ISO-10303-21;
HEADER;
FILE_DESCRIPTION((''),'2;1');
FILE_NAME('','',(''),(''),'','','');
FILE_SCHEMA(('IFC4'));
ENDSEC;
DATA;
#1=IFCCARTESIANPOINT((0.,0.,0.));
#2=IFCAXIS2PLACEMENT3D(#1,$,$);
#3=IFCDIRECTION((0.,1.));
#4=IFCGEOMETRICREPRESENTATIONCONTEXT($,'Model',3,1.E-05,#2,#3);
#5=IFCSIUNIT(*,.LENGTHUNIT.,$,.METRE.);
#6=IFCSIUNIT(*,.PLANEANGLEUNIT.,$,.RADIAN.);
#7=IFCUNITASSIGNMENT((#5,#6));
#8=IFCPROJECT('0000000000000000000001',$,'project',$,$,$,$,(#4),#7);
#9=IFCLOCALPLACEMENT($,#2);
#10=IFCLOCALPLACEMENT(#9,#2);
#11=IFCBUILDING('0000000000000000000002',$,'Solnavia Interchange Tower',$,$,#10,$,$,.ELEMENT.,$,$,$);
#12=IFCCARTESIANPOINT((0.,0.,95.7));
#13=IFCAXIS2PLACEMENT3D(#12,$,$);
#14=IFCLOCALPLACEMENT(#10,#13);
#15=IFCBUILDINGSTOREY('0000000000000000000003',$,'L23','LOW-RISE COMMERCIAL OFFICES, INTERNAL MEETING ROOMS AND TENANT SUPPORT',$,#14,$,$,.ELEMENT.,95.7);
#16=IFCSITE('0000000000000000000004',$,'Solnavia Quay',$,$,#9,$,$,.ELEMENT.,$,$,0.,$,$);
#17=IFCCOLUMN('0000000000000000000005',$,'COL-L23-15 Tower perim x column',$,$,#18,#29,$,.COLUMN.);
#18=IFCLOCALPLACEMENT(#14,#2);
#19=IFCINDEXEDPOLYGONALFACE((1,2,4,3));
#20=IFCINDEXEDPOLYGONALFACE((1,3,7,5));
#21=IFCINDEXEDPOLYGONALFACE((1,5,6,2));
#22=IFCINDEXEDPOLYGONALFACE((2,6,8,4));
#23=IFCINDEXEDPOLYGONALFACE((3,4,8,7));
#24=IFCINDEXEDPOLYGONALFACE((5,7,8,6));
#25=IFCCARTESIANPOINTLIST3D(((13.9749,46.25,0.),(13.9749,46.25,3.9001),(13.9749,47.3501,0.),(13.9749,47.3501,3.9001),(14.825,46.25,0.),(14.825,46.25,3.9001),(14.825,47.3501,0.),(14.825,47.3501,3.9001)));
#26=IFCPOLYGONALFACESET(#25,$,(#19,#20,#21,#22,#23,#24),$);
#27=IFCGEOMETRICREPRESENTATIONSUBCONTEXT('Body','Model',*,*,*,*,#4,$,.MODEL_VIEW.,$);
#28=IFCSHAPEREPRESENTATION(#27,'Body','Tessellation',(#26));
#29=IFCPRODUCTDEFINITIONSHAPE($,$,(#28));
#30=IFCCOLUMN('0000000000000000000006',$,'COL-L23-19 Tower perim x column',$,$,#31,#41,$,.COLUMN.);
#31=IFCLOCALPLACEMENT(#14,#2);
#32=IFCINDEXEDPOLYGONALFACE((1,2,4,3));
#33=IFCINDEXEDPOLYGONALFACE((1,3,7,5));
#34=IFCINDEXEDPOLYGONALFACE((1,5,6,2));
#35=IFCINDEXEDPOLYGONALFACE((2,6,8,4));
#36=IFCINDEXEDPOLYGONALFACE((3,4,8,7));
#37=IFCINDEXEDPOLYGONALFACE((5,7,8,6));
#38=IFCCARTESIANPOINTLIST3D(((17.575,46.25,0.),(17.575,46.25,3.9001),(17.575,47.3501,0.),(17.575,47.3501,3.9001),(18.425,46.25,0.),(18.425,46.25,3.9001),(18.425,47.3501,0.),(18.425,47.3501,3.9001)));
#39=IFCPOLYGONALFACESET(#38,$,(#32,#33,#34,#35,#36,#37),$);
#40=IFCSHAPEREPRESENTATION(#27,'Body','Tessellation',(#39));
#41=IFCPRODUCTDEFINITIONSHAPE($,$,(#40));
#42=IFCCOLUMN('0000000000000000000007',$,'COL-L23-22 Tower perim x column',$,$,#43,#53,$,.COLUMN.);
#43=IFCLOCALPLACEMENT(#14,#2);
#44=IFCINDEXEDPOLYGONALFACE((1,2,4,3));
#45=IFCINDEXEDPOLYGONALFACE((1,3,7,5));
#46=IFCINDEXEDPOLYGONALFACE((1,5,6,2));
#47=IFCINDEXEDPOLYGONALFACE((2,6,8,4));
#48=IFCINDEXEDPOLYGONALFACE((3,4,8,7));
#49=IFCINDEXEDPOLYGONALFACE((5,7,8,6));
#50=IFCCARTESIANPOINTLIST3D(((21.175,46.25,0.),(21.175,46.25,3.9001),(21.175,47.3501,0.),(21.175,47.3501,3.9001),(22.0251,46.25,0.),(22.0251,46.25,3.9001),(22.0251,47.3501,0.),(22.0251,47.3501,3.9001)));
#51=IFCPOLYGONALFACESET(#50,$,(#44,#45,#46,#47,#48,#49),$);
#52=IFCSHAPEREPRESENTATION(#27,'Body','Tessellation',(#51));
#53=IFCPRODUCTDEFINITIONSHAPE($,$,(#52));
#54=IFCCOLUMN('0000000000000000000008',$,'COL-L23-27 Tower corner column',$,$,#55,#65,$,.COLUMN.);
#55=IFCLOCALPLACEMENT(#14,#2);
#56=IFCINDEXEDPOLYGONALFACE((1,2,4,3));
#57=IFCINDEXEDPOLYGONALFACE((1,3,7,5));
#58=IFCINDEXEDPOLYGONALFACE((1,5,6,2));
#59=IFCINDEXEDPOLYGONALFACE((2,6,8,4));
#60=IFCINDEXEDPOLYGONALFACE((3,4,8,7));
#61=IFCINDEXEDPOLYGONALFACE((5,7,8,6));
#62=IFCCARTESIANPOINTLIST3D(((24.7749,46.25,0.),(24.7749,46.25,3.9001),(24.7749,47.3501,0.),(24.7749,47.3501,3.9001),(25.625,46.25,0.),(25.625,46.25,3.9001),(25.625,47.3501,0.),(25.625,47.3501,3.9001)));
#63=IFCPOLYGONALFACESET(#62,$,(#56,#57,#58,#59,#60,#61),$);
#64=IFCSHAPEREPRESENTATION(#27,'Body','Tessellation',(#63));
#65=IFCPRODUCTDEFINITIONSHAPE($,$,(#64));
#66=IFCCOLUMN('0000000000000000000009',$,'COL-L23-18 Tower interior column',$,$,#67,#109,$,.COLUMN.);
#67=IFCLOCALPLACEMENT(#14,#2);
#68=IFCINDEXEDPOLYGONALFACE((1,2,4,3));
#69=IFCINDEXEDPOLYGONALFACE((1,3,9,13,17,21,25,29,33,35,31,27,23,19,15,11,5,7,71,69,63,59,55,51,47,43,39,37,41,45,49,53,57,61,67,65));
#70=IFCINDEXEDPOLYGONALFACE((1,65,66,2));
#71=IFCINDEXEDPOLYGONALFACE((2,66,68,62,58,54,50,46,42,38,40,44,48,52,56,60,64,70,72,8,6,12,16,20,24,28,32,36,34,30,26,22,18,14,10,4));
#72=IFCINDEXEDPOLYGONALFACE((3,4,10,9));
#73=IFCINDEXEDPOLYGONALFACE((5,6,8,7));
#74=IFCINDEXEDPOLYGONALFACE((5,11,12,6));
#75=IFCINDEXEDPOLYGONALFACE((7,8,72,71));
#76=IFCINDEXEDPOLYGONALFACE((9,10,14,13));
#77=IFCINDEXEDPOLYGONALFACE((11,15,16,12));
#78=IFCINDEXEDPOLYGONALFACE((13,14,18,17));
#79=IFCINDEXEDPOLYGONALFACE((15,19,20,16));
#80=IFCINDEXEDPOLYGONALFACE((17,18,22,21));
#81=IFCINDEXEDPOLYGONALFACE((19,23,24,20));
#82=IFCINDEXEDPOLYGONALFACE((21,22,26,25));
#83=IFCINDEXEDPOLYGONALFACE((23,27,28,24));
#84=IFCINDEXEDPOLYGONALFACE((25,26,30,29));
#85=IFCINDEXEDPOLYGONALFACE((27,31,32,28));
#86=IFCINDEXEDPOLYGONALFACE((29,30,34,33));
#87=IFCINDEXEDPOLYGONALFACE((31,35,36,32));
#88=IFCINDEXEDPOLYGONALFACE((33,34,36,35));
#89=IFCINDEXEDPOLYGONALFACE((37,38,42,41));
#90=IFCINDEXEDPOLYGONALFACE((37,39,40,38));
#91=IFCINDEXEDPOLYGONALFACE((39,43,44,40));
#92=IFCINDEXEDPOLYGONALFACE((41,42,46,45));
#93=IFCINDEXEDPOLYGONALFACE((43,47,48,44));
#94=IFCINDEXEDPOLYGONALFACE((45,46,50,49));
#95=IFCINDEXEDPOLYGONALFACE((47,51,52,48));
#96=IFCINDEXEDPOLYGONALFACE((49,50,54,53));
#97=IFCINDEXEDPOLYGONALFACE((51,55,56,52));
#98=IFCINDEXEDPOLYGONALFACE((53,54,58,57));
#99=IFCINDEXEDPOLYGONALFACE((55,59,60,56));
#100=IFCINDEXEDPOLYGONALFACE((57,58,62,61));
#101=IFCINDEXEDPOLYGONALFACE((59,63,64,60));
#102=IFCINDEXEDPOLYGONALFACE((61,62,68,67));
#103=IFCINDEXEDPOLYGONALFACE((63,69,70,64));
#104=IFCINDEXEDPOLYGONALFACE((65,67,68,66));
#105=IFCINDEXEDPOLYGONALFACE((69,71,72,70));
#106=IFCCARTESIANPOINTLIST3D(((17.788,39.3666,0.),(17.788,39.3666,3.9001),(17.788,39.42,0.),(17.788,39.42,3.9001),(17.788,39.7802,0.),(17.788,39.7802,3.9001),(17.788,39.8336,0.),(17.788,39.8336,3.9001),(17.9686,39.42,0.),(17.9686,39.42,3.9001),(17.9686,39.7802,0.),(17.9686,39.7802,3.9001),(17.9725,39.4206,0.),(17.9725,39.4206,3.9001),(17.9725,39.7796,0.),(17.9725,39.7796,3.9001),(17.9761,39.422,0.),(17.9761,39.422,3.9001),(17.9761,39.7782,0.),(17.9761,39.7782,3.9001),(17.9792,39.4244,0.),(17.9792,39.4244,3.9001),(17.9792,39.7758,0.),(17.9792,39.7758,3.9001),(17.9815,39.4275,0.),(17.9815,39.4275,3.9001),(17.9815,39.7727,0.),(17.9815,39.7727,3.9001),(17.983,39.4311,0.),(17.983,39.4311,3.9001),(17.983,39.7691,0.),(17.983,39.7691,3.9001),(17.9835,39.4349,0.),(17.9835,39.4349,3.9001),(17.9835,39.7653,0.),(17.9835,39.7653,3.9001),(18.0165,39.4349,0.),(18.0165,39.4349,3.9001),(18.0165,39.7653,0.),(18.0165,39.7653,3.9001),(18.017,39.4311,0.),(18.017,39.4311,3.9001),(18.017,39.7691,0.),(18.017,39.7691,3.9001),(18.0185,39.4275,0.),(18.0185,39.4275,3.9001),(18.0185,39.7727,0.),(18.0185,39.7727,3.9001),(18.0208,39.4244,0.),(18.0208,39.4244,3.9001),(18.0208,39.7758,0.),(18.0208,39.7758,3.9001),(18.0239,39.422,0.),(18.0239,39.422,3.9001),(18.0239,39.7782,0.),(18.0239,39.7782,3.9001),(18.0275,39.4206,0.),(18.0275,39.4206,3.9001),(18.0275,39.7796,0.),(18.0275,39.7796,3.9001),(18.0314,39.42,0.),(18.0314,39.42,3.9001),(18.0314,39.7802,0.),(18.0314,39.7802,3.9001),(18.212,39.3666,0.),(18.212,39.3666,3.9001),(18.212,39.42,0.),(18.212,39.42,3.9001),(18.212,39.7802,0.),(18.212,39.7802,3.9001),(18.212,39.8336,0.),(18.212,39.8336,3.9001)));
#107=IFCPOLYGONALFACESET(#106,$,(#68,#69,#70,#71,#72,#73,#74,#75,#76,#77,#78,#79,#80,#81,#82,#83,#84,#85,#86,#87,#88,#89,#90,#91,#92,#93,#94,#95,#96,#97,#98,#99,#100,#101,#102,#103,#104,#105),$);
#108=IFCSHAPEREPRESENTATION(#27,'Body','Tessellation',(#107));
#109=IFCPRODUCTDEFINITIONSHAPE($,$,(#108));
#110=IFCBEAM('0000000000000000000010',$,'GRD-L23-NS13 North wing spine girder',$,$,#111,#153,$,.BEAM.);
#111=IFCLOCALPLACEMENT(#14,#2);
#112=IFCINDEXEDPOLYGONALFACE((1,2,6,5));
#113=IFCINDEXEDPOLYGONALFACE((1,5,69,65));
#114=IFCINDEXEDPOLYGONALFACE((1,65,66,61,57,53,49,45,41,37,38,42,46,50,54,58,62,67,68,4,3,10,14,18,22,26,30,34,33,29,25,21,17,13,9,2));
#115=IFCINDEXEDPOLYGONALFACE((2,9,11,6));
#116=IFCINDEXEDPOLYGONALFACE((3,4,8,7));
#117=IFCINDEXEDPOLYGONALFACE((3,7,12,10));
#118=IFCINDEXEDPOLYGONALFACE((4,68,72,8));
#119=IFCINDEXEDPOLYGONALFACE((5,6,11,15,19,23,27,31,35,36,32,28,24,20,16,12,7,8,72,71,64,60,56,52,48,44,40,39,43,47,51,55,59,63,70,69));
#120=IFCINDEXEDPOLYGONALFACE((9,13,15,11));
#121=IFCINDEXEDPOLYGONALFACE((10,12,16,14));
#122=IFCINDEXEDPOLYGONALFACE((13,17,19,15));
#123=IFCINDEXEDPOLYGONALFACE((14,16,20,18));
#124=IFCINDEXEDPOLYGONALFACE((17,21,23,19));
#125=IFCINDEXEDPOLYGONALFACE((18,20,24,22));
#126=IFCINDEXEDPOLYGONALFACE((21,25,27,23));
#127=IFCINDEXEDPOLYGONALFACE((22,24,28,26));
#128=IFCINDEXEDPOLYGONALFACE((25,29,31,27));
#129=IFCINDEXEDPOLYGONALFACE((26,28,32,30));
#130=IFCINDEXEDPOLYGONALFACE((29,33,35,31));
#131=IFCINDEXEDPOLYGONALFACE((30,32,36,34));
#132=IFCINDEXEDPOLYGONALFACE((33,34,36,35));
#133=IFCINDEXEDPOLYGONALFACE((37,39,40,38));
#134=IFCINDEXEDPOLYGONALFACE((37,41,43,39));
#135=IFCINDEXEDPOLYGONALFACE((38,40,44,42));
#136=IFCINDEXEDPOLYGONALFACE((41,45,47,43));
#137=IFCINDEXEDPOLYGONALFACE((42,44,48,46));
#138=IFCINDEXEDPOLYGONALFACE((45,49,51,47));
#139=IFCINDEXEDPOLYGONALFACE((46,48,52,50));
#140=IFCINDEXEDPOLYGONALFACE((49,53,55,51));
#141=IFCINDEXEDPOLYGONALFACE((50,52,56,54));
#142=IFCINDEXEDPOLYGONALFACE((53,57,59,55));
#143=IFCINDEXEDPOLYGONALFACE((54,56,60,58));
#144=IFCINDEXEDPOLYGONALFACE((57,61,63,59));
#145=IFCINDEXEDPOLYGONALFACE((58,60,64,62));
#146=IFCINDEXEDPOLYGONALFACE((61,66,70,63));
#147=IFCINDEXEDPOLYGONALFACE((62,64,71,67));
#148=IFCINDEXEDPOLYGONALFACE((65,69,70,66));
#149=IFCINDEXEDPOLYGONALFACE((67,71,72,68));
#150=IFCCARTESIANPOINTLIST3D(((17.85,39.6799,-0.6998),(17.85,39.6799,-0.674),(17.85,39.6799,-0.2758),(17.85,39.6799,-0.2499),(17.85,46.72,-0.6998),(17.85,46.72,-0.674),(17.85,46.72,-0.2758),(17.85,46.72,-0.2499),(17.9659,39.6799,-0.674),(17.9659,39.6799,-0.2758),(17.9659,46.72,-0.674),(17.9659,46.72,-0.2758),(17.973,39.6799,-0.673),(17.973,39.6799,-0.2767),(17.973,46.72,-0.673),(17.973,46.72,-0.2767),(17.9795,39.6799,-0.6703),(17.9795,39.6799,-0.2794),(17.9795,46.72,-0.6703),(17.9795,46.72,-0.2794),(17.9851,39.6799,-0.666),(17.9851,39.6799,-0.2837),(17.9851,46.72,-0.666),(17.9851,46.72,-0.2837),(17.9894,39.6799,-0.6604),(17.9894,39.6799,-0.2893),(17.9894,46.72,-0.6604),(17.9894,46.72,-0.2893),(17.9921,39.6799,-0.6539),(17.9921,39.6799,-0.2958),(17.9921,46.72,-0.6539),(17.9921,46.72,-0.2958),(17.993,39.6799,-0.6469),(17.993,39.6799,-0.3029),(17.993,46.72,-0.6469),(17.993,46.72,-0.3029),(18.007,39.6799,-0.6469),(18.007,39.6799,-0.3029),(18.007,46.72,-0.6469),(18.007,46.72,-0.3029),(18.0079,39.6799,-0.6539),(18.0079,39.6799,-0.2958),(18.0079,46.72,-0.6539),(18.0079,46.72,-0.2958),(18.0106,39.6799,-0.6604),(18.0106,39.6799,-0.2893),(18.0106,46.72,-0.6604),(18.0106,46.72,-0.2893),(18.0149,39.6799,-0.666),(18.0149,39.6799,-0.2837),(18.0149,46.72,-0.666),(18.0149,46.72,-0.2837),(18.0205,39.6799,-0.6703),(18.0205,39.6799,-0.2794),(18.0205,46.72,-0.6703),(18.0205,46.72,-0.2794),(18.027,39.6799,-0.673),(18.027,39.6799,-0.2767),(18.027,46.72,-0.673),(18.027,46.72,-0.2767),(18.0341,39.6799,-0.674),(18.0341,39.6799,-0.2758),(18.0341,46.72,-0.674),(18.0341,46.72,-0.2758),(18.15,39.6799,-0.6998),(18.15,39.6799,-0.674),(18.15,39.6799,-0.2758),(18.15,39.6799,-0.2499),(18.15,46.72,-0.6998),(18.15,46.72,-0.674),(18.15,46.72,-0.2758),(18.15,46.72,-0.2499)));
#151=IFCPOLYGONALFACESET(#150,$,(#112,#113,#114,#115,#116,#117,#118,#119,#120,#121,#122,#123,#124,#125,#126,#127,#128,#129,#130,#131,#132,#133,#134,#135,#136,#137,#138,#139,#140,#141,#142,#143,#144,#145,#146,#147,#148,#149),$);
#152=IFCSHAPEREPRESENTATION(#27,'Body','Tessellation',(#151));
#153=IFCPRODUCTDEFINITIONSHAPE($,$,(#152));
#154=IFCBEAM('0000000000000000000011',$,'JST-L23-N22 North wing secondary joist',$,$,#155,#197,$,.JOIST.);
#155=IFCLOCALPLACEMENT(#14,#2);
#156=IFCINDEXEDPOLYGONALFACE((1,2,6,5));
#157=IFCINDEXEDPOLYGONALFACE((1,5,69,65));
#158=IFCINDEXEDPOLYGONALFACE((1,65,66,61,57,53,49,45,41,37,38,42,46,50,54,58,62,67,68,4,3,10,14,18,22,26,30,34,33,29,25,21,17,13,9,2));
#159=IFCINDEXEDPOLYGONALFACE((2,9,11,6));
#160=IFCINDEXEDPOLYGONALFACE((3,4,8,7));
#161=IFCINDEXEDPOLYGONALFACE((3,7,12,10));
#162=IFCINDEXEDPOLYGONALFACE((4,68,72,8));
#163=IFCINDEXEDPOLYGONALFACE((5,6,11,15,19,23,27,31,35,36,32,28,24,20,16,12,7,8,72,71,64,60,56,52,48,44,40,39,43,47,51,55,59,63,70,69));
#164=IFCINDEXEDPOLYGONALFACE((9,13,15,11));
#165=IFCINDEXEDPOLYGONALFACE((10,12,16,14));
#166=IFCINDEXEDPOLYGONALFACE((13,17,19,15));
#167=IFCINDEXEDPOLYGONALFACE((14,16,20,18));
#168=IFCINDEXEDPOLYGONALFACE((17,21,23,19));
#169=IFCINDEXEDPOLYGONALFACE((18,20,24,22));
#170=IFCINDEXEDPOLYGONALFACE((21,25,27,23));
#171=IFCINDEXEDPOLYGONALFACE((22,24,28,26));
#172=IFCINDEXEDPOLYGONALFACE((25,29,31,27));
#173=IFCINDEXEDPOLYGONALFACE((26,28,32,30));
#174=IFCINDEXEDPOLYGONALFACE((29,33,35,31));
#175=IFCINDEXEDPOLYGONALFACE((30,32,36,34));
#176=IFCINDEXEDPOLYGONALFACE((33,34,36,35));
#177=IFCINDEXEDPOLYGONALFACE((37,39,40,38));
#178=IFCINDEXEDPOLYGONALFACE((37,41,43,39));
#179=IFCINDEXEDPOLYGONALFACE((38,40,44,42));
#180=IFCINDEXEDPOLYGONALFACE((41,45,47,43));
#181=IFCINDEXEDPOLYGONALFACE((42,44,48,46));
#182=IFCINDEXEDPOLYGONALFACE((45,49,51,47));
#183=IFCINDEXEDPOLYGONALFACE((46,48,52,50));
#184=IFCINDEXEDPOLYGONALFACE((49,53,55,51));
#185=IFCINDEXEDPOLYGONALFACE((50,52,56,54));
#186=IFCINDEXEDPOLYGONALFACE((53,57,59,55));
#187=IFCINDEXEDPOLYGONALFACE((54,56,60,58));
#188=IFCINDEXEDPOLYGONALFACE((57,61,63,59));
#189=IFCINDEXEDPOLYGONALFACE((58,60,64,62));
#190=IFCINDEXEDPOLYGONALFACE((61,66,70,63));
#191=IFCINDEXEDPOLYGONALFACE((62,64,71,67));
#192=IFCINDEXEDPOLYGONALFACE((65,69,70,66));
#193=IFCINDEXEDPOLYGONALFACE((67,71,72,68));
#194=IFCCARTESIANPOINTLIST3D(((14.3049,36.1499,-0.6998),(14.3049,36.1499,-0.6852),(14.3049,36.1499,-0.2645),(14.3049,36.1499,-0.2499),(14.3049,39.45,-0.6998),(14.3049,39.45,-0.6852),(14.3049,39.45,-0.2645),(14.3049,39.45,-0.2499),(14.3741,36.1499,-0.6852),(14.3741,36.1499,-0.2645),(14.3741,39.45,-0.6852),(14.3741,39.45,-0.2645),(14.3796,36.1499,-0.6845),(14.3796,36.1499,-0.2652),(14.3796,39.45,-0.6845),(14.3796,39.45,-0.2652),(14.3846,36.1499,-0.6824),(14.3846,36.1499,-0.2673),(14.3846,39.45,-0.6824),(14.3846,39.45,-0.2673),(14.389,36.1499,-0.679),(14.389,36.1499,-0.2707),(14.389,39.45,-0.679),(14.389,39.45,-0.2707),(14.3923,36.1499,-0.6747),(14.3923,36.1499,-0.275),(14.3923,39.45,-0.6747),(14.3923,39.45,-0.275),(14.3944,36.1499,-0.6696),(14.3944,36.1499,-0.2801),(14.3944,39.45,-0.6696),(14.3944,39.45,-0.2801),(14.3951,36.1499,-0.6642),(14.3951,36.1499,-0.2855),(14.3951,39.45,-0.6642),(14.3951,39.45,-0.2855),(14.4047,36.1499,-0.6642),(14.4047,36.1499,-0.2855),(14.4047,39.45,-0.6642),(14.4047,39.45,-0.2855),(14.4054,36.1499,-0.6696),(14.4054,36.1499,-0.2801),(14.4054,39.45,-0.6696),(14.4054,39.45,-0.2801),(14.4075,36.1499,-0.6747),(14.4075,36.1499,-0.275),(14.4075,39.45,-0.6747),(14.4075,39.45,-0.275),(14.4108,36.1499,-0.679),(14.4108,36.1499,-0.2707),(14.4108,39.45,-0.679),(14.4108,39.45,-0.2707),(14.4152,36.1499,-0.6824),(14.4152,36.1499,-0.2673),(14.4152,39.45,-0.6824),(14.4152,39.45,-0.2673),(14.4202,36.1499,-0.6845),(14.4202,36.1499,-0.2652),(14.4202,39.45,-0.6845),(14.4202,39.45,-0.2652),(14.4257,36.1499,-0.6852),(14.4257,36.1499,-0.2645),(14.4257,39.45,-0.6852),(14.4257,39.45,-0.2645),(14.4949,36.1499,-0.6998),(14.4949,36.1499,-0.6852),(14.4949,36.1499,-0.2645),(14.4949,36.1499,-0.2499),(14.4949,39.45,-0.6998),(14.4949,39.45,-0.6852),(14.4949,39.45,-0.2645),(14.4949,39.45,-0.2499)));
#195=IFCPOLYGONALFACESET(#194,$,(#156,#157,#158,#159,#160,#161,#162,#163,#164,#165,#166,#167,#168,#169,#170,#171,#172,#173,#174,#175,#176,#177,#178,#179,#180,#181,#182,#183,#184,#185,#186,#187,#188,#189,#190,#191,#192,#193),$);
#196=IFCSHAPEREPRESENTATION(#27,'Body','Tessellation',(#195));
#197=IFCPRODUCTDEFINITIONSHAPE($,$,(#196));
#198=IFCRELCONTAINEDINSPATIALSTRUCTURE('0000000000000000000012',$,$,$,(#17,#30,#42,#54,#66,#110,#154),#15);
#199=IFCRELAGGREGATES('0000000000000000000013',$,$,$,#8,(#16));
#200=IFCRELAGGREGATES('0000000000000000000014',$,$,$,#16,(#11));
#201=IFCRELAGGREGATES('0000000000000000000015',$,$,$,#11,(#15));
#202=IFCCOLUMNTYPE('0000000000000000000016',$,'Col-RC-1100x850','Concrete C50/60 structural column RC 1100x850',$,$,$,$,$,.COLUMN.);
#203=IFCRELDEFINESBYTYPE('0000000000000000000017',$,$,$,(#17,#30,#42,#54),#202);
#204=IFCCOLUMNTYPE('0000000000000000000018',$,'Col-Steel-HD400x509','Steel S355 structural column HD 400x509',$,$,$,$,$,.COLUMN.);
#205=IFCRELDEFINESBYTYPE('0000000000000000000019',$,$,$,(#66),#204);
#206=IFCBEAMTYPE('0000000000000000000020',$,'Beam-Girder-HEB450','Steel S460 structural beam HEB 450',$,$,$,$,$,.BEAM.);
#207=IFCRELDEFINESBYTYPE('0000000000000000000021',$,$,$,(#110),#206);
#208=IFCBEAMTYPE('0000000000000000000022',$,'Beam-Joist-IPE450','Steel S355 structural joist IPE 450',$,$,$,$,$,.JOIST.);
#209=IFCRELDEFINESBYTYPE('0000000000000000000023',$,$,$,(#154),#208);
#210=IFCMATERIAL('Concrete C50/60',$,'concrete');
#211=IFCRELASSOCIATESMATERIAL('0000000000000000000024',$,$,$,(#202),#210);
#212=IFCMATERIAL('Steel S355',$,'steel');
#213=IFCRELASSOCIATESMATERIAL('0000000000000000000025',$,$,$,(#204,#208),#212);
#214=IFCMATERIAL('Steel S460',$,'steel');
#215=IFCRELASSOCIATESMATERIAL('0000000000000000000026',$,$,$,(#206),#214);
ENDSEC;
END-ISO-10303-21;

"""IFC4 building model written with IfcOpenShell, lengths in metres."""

from ifc_helpers import new_model, si_unit, direction, frame, origin, origin_2d, place, context, subcontext, project, spatial, rectangle, i_section, extrude, material, material_profile, profile_set, type_object, element, save


model = new_model("IFC4")

# Units and contexts
model_context = context("Model", 3, precision=1e-05, world=origin(), true_north=direction((0.0, 1.0)))
body_context = subcontext(model_context, "Body", "Model", "MODEL_VIEW")
ifc_project = project(units=[si_unit("LENGTHUNIT", "METRE"), si_unit("PLANEANGLEUNIT", "RADIAN")], contexts=[model_context])

# Site, building, storey
site_placement = place(None, origin())
site = spatial("IfcSite", under=ifc_project, at=site_placement, Name="Solnavia Quay", CompositionType="ELEMENT", RefElevation=0.0)
building_placement = place(site_placement, origin())
building = spatial("IfcBuilding", under=site, at=building_placement, Name="Solnavia Interchange Tower", CompositionType="ELEMENT")
storey_placement = place(building_placement, frame((0.0, 0.0, 95.7)))
storey = spatial("IfcBuildingStorey", under=building, at=storey_placement, Name="L23", Description="LOW-RISE COMMERCIAL OFFICES, INTERNAL MEETING ROOMS AND TENANT SUPPORT", CompositionType="ELEMENT", Elevation=95.7)

# Columns
ifc_material_1 = material(Name="Concrete C50/60", Category="concrete")
ifc_material_profile_1 = material_profile(ifc_material_1, rectangle(XDim=0.8501, YDim=1.1001, at=origin_2d()), Name="RC 1100x850")
ifc_profile_set_1 = profile_set([ifc_material_profile_1], Name="Concrete C50/60")
column_type_1 = type_object("IfcColumnType", Name="Col-RC-1100x850", Description="Concrete C50/60 structural column RC 1100x850", PredefinedType="COLUMN", material=ifc_profile_set_1)
for number, where, z_axis, x_axis, name in (
    (1, (14.3999, 46.8, 0.0), (0.0, 0.0, 1.0), (1.0, 0.0, 0.0), "COL-L23-15 Tower perim x column"),
    (2, (18.0, 46.8, 0.0), (0.0, 0.0, 1.0), (1.0, 0.0, 0.0), "COL-L23-19 Tower perim x column"),
    (3, (21.6001, 46.8, 0.0), (0.0, 0.0, 1.0), (1.0, 0.0, 0.0), "COL-L23-22 Tower perim x column"),
    (4, (25.2, 46.8, 0.0), (0.0, 0.0, 1.0), (1.0, 0.0, 0.0), "COL-L23-27 Tower corner column"),
):
    element("IfcColumn", number, at=place(storey_placement, frame(where, z_axis=z_axis, x_axis=x_axis)), inside=storey, type_object=column_type_1, Name=name, PredefinedType="COLUMN", context=body_context, shape_type="SweptSolid", body=[
        extrude(rectangle(XDim=0.8501, YDim=1.1001, at=origin_2d()), origin(), (0.0, 0.0, 1.0), 3.9001),
    ])
ifc_material_2 = material(Name="Steel S355", Category="steel")
ifc_material_profile_2 = material_profile(ifc_material_2, i_section(OverallWidth=0.4241, OverallDepth=0.467, WebThickness=0.033, FlangeThickness=0.0535, FilletRadius=0.0149, at=origin_2d()), Name="HD 400x509")
ifc_profile_set_2 = profile_set([ifc_material_profile_2], Name="Steel S355")
column_type_2 = type_object("IfcColumnType", Name="Col-Steel-HD400x509", Description="Steel S355 structural column HD 400x509", PredefinedType="COLUMN", material=ifc_profile_set_2)
column_placement = place(storey_placement, frame((18.0, 39.6001, 0.0), z_axis=(0.0, 0.0, 1.0), x_axis=(1.0, 0.0, 0.0)))
element("IfcColumn", 5, at=column_placement, inside=storey, type_object=column_type_2, Name="COL-L23-18 Tower interior column", PredefinedType="COLUMN", context=body_context, shape_type="SweptSolid", body=[
    extrude(i_section(OverallWidth=0.4241, OverallDepth=0.467, WebThickness=0.033, FlangeThickness=0.0535, FilletRadius=0.0149, at=origin_2d()), origin(), (0.0, 0.0, 1.0), 3.9001),
])

# Beams
ifc_material_3 = material(Name="Steel S460", Category="steel")
ifc_material_profile_3 = material_profile(ifc_material_3, i_section(OverallWidth=0.3, OverallDepth=0.45, WebThickness=0.0139, FlangeThickness=0.0259, FilletRadius=0.0271, at=origin_2d()), Name="HEB 450")
ifc_profile_set_3 = profile_set([ifc_material_profile_3], Name="Steel S460")
beam_type_1 = type_object("IfcBeamType", Name="Beam-Girder-HEB450", Description="Steel S460 structural beam HEB 450", PredefinedType="BEAM", material=ifc_profile_set_3)
beam_1_placement = place(storey_placement, frame((18.0, 39.6799, -0.4749), z_axis=(0.0, 1.0, 0.0), x_axis=(-1.0, 0.0, 0.0)))
element("IfcBeam", 6, at=beam_1_placement, inside=storey, type_object=beam_type_1, Name="GRD-L23-NS13 North wing spine girder", PredefinedType="BEAM", context=body_context, shape_type="SweptSolid", body=[
    extrude(i_section(OverallWidth=0.3, OverallDepth=0.45, WebThickness=0.0139, FlangeThickness=0.0259, FilletRadius=0.0271, at=origin_2d()), origin(), (0.0, 0.0, 1.0), 7.04),
])
ifc_material_profile_4 = material_profile(ifc_material_2, i_section(OverallWidth=0.1899, OverallDepth=0.45, WebThickness=0.0095, FlangeThickness=0.0146, FilletRadius=0.021, at=origin_2d()), Name="IPE 450")
ifc_profile_set_4 = profile_set([ifc_material_profile_4], Name="Steel S355")
beam_type_2 = type_object("IfcBeamType", Name="Beam-Joist-IPE450", Description="Steel S355 structural joist IPE 450", PredefinedType="JOIST", material=ifc_profile_set_4)
for number, where, z_axis, x_axis, name in (
    (7, (14.3999, 36.1499, -0.4749), (0.0, 1.0, 0.0), (-1.0, 0.0, 0.0), "JST-L23-N22 North wing secondary joist"),
):
    element("IfcBeam", number, at=place(storey_placement, frame(where, z_axis=z_axis, x_axis=x_axis)), inside=storey, type_object=beam_type_2, Name=name, PredefinedType="JOIST", context=body_context, shape_type="SweptSolid", body=[
        extrude(i_section(OverallWidth=0.1899, OverallDepth=0.45, WebThickness=0.0095, FlangeThickness=0.0146, FilletRadius=0.021, at=origin_2d()), origin(), (0.0, 0.0, 1.0), 3.3),
    ])

save(model, "model.ifc")
